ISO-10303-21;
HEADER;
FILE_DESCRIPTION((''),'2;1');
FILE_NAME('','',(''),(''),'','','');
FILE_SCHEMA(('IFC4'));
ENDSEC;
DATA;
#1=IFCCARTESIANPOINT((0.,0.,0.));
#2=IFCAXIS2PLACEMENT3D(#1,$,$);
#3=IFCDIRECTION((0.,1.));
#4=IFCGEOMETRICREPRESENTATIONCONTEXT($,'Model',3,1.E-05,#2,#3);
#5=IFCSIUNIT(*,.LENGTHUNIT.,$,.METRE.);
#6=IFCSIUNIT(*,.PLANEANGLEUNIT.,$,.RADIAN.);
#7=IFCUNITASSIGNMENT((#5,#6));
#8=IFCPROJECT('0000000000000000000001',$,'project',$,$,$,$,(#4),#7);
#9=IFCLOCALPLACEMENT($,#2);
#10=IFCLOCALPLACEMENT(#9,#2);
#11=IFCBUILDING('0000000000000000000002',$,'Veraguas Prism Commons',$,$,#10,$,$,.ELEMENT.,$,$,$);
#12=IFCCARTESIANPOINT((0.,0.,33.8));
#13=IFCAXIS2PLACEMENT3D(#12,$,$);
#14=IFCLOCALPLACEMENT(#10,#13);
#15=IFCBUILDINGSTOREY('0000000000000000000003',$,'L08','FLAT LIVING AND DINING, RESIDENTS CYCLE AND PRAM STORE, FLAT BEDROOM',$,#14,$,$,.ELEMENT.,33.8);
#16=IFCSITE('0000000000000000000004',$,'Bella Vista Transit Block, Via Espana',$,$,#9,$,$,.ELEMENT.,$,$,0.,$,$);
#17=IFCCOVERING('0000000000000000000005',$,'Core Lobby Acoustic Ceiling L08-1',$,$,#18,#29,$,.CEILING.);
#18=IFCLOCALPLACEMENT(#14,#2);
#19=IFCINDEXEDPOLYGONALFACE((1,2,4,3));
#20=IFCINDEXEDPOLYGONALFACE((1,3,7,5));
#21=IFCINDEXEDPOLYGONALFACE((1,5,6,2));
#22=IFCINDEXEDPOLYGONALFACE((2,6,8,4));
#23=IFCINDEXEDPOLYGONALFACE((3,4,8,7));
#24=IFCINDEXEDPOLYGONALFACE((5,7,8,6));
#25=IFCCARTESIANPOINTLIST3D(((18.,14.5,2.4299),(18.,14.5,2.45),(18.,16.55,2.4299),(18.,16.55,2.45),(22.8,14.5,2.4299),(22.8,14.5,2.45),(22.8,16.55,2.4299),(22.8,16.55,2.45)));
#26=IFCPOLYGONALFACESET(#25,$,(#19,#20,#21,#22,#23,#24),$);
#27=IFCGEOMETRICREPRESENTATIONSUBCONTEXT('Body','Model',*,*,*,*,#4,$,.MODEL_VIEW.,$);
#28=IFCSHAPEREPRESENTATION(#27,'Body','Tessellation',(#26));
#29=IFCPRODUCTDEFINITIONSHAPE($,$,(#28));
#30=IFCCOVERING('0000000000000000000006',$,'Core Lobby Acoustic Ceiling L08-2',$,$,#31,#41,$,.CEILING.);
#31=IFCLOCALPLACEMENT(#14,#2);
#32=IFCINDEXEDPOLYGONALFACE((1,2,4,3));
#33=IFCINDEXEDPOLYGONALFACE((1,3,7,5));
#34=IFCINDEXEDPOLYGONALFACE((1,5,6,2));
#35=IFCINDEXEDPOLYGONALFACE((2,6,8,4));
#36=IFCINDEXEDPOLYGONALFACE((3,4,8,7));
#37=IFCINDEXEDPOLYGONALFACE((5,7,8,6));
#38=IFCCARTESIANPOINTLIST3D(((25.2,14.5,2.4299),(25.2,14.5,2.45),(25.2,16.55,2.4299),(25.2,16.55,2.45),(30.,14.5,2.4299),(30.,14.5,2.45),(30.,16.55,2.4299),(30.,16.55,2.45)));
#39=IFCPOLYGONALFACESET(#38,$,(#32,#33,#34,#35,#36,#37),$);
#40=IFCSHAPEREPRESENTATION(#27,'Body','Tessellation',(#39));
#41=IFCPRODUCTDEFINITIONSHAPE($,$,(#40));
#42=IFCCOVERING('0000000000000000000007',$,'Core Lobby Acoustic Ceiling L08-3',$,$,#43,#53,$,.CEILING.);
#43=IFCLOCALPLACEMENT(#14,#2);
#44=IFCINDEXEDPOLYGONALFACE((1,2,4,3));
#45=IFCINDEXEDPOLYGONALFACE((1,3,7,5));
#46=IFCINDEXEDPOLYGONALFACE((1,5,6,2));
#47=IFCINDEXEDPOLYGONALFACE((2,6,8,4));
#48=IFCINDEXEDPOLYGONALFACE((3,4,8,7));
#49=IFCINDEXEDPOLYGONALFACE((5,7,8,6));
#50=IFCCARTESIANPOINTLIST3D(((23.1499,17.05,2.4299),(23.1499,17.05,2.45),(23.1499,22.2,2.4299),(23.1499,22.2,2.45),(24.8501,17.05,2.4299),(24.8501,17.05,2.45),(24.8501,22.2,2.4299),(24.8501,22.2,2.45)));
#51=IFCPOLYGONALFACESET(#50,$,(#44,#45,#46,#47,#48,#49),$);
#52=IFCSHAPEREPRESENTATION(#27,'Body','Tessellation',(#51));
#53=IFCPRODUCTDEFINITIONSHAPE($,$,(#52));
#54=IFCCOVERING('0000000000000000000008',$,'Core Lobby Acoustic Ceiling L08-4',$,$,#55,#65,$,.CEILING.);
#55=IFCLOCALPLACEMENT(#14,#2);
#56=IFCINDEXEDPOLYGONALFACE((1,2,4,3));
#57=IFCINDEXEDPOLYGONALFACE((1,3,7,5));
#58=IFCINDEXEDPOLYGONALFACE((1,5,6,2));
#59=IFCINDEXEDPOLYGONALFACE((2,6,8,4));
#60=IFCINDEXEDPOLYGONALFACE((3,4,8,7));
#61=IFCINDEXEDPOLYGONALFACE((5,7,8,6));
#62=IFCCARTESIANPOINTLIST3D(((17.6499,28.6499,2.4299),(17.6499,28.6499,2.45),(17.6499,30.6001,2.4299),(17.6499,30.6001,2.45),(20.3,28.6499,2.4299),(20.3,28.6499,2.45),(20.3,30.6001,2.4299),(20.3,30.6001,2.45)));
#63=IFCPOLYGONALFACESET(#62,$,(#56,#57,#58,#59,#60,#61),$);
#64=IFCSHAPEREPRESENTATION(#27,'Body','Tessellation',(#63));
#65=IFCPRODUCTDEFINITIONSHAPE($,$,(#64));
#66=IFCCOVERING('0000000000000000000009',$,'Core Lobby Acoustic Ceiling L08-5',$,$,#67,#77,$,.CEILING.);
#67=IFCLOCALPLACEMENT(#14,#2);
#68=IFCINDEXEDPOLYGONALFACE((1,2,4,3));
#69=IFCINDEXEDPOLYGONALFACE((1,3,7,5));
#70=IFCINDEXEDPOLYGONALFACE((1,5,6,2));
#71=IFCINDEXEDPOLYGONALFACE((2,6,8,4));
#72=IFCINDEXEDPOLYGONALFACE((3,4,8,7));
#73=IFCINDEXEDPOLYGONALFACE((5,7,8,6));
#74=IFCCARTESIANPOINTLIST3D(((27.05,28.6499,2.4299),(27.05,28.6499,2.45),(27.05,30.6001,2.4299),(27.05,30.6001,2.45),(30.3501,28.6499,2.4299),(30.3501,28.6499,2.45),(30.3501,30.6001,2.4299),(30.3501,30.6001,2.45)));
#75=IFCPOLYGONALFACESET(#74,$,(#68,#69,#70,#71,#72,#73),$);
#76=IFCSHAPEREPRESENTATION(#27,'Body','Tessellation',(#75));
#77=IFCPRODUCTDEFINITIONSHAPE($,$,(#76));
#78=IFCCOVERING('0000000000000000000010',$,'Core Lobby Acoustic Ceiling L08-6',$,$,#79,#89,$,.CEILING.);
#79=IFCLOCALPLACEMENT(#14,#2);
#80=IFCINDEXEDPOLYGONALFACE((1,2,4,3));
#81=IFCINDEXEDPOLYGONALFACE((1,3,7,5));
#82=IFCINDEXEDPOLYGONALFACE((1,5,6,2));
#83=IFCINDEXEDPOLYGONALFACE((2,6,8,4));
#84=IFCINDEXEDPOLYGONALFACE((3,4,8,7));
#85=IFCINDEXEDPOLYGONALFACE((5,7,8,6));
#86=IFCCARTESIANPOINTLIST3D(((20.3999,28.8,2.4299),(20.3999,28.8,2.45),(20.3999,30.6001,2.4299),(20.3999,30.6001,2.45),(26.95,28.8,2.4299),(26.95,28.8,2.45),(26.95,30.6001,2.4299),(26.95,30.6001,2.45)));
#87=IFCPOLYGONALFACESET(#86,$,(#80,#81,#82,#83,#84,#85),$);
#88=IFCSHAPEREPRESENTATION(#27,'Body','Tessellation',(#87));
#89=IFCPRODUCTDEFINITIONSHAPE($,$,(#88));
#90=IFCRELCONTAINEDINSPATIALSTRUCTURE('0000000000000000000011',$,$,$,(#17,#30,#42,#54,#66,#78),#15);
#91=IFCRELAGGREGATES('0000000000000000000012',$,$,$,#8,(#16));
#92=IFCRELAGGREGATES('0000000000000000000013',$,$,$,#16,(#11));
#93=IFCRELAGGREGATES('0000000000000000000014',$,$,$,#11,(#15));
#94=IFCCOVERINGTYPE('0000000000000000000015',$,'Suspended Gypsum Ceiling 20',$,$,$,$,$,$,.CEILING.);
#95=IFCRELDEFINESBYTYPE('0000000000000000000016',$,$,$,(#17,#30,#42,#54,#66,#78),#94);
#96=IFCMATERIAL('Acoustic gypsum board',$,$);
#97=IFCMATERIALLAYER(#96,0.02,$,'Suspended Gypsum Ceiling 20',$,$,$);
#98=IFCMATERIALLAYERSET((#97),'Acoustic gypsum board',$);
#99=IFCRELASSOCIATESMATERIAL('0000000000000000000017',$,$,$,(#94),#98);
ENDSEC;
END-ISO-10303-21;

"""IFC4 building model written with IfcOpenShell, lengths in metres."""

from ifc_helpers import new_model, si_unit, direction, frame, origin, place, context, subcontext, project, spatial, polyline, outline, extrude, material, layer, layer_set, type_object, element, save


model = new_model("IFC4")

# Units and contexts
model_context = context("Model", 3, precision=1e-05, world=origin(), true_north=direction((0.0, 1.0)))
body_context = subcontext(model_context, "Body", "Model", "MODEL_VIEW")
ifc_project = project(units=[si_unit("LENGTHUNIT", "METRE"), si_unit("PLANEANGLEUNIT", "RADIAN")], contexts=[model_context])

# Site, building, storey
site_placement = place(None, origin())
site = spatial("IfcSite", under=ifc_project, at=site_placement, Name="Bella Vista Transit Block, Via Espana", CompositionType="ELEMENT", RefElevation=0.0)
building_placement = place(site_placement, origin())
building = spatial("IfcBuilding", under=site, at=building_placement, Name="Veraguas Prism Commons", CompositionType="ELEMENT")
storey_placement = place(building_placement, frame((0.0, 0.0, 33.8)))
storey = spatial("IfcBuildingStorey", under=building, at=storey_placement, Name="L08", Description="FLAT LIVING AND DINING, RESIDENTS CYCLE AND PRAM STORE, FLAT BEDROOM", CompositionType="ELEMENT", Elevation=33.8)

# Coverings
ifc_material_1 = material(Name="Acoustic gypsum board")
ifc_layer_1 = layer(ifc_material_1, 0.02, Name="Suspended Gypsum Ceiling 20")
ifc_layer_set_1 = layer_set([ifc_layer_1], Name="Acoustic gypsum board")
covering_type_1 = type_object("IfcCoveringType", Name="Suspended Gypsum Ceiling 20", PredefinedType="CEILING", material=ifc_layer_set_1)
covering_1_placement = place(storey_placement, frame((0.0, 0.0, 2.4299)))
element("IfcCovering", 1, at=covering_1_placement, inside=storey, type_object=covering_type_1, Name="Core Lobby Acoustic Ceiling L08-1", PredefinedType="CEILING", context=body_context, shape_type="SweptSolid", body=[
    extrude(outline(polyline([(18.0, 14.5), (22.8, 14.5), (22.8, 16.55), (18.0, 16.55), (18.0, 14.5)])), origin(), (0.0, 0.0, 1.0), 0.02),
])
covering_2_placement = place(storey_placement, frame((0.0, 0.0, 2.4299)))
element("IfcCovering", 2, at=covering_2_placement, inside=storey, type_object=covering_type_1, Name="Core Lobby Acoustic Ceiling L08-2", PredefinedType="CEILING", context=body_context, shape_type="SweptSolid", body=[
    extrude(outline(polyline([(25.2, 14.5), (30.0, 14.5), (30.0, 16.55), (25.2, 16.55), (25.2, 14.5)])), origin(), (0.0, 0.0, 1.0), 0.02),
])
covering_3_placement = place(storey_placement, frame((0.0, 0.0, 2.4299)))
element("IfcCovering", 3, at=covering_3_placement, inside=storey, type_object=covering_type_1, Name="Core Lobby Acoustic Ceiling L08-3", PredefinedType="CEILING", context=body_context, shape_type="SweptSolid", body=[
    extrude(outline(polyline([(23.1499, 17.05), (24.8501, 17.05), (24.8501, 22.2), (23.1499, 22.2), (23.1499, 17.05)])), origin(), (0.0, 0.0, 1.0), 0.02),
])
covering_4_placement = place(storey_placement, frame((0.0, 0.0, 2.4299)))
element("IfcCovering", 4, at=covering_4_placement, inside=storey, type_object=covering_type_1, Name="Core Lobby Acoustic Ceiling L08-4", PredefinedType="CEILING", context=body_context, shape_type="SweptSolid", body=[
    extrude(outline(polyline([(17.6499, 28.6499), (20.3, 28.6499), (20.3, 30.6001), (17.6499, 30.6001), (17.6499, 28.6499)])), origin(), (0.0, 0.0, 1.0), 0.02),
])
covering_5_placement = place(storey_placement, frame((0.0, 0.0, 2.4299)))
element("IfcCovering", 5, at=covering_5_placement, inside=storey, type_object=covering_type_1, Name="Core Lobby Acoustic Ceiling L08-5", PredefinedType="CEILING", context=body_context, shape_type="SweptSolid", body=[
    extrude(outline(polyline([(27.05, 28.6499), (30.3501, 28.6499), (30.3501, 30.6001), (27.05, 30.6001), (27.05, 28.6499)])), origin(), (0.0, 0.0, 1.0), 0.02),
])
covering_6_placement = place(storey_placement, frame((0.0, 0.0, 2.4299)))
element("IfcCovering", 6, at=covering_6_placement, inside=storey, type_object=covering_type_1, Name="Core Lobby Acoustic Ceiling L08-6", PredefinedType="CEILING", context=body_context, shape_type="SweptSolid", body=[
    extrude(outline(polyline([(20.3999, 28.8), (26.95, 28.8), (26.95, 30.6001), (20.3999, 30.6001), (20.3999, 28.8)])), origin(), (0.0, 0.0, 1.0), 0.02),
])

save(model, "model.ifc")
